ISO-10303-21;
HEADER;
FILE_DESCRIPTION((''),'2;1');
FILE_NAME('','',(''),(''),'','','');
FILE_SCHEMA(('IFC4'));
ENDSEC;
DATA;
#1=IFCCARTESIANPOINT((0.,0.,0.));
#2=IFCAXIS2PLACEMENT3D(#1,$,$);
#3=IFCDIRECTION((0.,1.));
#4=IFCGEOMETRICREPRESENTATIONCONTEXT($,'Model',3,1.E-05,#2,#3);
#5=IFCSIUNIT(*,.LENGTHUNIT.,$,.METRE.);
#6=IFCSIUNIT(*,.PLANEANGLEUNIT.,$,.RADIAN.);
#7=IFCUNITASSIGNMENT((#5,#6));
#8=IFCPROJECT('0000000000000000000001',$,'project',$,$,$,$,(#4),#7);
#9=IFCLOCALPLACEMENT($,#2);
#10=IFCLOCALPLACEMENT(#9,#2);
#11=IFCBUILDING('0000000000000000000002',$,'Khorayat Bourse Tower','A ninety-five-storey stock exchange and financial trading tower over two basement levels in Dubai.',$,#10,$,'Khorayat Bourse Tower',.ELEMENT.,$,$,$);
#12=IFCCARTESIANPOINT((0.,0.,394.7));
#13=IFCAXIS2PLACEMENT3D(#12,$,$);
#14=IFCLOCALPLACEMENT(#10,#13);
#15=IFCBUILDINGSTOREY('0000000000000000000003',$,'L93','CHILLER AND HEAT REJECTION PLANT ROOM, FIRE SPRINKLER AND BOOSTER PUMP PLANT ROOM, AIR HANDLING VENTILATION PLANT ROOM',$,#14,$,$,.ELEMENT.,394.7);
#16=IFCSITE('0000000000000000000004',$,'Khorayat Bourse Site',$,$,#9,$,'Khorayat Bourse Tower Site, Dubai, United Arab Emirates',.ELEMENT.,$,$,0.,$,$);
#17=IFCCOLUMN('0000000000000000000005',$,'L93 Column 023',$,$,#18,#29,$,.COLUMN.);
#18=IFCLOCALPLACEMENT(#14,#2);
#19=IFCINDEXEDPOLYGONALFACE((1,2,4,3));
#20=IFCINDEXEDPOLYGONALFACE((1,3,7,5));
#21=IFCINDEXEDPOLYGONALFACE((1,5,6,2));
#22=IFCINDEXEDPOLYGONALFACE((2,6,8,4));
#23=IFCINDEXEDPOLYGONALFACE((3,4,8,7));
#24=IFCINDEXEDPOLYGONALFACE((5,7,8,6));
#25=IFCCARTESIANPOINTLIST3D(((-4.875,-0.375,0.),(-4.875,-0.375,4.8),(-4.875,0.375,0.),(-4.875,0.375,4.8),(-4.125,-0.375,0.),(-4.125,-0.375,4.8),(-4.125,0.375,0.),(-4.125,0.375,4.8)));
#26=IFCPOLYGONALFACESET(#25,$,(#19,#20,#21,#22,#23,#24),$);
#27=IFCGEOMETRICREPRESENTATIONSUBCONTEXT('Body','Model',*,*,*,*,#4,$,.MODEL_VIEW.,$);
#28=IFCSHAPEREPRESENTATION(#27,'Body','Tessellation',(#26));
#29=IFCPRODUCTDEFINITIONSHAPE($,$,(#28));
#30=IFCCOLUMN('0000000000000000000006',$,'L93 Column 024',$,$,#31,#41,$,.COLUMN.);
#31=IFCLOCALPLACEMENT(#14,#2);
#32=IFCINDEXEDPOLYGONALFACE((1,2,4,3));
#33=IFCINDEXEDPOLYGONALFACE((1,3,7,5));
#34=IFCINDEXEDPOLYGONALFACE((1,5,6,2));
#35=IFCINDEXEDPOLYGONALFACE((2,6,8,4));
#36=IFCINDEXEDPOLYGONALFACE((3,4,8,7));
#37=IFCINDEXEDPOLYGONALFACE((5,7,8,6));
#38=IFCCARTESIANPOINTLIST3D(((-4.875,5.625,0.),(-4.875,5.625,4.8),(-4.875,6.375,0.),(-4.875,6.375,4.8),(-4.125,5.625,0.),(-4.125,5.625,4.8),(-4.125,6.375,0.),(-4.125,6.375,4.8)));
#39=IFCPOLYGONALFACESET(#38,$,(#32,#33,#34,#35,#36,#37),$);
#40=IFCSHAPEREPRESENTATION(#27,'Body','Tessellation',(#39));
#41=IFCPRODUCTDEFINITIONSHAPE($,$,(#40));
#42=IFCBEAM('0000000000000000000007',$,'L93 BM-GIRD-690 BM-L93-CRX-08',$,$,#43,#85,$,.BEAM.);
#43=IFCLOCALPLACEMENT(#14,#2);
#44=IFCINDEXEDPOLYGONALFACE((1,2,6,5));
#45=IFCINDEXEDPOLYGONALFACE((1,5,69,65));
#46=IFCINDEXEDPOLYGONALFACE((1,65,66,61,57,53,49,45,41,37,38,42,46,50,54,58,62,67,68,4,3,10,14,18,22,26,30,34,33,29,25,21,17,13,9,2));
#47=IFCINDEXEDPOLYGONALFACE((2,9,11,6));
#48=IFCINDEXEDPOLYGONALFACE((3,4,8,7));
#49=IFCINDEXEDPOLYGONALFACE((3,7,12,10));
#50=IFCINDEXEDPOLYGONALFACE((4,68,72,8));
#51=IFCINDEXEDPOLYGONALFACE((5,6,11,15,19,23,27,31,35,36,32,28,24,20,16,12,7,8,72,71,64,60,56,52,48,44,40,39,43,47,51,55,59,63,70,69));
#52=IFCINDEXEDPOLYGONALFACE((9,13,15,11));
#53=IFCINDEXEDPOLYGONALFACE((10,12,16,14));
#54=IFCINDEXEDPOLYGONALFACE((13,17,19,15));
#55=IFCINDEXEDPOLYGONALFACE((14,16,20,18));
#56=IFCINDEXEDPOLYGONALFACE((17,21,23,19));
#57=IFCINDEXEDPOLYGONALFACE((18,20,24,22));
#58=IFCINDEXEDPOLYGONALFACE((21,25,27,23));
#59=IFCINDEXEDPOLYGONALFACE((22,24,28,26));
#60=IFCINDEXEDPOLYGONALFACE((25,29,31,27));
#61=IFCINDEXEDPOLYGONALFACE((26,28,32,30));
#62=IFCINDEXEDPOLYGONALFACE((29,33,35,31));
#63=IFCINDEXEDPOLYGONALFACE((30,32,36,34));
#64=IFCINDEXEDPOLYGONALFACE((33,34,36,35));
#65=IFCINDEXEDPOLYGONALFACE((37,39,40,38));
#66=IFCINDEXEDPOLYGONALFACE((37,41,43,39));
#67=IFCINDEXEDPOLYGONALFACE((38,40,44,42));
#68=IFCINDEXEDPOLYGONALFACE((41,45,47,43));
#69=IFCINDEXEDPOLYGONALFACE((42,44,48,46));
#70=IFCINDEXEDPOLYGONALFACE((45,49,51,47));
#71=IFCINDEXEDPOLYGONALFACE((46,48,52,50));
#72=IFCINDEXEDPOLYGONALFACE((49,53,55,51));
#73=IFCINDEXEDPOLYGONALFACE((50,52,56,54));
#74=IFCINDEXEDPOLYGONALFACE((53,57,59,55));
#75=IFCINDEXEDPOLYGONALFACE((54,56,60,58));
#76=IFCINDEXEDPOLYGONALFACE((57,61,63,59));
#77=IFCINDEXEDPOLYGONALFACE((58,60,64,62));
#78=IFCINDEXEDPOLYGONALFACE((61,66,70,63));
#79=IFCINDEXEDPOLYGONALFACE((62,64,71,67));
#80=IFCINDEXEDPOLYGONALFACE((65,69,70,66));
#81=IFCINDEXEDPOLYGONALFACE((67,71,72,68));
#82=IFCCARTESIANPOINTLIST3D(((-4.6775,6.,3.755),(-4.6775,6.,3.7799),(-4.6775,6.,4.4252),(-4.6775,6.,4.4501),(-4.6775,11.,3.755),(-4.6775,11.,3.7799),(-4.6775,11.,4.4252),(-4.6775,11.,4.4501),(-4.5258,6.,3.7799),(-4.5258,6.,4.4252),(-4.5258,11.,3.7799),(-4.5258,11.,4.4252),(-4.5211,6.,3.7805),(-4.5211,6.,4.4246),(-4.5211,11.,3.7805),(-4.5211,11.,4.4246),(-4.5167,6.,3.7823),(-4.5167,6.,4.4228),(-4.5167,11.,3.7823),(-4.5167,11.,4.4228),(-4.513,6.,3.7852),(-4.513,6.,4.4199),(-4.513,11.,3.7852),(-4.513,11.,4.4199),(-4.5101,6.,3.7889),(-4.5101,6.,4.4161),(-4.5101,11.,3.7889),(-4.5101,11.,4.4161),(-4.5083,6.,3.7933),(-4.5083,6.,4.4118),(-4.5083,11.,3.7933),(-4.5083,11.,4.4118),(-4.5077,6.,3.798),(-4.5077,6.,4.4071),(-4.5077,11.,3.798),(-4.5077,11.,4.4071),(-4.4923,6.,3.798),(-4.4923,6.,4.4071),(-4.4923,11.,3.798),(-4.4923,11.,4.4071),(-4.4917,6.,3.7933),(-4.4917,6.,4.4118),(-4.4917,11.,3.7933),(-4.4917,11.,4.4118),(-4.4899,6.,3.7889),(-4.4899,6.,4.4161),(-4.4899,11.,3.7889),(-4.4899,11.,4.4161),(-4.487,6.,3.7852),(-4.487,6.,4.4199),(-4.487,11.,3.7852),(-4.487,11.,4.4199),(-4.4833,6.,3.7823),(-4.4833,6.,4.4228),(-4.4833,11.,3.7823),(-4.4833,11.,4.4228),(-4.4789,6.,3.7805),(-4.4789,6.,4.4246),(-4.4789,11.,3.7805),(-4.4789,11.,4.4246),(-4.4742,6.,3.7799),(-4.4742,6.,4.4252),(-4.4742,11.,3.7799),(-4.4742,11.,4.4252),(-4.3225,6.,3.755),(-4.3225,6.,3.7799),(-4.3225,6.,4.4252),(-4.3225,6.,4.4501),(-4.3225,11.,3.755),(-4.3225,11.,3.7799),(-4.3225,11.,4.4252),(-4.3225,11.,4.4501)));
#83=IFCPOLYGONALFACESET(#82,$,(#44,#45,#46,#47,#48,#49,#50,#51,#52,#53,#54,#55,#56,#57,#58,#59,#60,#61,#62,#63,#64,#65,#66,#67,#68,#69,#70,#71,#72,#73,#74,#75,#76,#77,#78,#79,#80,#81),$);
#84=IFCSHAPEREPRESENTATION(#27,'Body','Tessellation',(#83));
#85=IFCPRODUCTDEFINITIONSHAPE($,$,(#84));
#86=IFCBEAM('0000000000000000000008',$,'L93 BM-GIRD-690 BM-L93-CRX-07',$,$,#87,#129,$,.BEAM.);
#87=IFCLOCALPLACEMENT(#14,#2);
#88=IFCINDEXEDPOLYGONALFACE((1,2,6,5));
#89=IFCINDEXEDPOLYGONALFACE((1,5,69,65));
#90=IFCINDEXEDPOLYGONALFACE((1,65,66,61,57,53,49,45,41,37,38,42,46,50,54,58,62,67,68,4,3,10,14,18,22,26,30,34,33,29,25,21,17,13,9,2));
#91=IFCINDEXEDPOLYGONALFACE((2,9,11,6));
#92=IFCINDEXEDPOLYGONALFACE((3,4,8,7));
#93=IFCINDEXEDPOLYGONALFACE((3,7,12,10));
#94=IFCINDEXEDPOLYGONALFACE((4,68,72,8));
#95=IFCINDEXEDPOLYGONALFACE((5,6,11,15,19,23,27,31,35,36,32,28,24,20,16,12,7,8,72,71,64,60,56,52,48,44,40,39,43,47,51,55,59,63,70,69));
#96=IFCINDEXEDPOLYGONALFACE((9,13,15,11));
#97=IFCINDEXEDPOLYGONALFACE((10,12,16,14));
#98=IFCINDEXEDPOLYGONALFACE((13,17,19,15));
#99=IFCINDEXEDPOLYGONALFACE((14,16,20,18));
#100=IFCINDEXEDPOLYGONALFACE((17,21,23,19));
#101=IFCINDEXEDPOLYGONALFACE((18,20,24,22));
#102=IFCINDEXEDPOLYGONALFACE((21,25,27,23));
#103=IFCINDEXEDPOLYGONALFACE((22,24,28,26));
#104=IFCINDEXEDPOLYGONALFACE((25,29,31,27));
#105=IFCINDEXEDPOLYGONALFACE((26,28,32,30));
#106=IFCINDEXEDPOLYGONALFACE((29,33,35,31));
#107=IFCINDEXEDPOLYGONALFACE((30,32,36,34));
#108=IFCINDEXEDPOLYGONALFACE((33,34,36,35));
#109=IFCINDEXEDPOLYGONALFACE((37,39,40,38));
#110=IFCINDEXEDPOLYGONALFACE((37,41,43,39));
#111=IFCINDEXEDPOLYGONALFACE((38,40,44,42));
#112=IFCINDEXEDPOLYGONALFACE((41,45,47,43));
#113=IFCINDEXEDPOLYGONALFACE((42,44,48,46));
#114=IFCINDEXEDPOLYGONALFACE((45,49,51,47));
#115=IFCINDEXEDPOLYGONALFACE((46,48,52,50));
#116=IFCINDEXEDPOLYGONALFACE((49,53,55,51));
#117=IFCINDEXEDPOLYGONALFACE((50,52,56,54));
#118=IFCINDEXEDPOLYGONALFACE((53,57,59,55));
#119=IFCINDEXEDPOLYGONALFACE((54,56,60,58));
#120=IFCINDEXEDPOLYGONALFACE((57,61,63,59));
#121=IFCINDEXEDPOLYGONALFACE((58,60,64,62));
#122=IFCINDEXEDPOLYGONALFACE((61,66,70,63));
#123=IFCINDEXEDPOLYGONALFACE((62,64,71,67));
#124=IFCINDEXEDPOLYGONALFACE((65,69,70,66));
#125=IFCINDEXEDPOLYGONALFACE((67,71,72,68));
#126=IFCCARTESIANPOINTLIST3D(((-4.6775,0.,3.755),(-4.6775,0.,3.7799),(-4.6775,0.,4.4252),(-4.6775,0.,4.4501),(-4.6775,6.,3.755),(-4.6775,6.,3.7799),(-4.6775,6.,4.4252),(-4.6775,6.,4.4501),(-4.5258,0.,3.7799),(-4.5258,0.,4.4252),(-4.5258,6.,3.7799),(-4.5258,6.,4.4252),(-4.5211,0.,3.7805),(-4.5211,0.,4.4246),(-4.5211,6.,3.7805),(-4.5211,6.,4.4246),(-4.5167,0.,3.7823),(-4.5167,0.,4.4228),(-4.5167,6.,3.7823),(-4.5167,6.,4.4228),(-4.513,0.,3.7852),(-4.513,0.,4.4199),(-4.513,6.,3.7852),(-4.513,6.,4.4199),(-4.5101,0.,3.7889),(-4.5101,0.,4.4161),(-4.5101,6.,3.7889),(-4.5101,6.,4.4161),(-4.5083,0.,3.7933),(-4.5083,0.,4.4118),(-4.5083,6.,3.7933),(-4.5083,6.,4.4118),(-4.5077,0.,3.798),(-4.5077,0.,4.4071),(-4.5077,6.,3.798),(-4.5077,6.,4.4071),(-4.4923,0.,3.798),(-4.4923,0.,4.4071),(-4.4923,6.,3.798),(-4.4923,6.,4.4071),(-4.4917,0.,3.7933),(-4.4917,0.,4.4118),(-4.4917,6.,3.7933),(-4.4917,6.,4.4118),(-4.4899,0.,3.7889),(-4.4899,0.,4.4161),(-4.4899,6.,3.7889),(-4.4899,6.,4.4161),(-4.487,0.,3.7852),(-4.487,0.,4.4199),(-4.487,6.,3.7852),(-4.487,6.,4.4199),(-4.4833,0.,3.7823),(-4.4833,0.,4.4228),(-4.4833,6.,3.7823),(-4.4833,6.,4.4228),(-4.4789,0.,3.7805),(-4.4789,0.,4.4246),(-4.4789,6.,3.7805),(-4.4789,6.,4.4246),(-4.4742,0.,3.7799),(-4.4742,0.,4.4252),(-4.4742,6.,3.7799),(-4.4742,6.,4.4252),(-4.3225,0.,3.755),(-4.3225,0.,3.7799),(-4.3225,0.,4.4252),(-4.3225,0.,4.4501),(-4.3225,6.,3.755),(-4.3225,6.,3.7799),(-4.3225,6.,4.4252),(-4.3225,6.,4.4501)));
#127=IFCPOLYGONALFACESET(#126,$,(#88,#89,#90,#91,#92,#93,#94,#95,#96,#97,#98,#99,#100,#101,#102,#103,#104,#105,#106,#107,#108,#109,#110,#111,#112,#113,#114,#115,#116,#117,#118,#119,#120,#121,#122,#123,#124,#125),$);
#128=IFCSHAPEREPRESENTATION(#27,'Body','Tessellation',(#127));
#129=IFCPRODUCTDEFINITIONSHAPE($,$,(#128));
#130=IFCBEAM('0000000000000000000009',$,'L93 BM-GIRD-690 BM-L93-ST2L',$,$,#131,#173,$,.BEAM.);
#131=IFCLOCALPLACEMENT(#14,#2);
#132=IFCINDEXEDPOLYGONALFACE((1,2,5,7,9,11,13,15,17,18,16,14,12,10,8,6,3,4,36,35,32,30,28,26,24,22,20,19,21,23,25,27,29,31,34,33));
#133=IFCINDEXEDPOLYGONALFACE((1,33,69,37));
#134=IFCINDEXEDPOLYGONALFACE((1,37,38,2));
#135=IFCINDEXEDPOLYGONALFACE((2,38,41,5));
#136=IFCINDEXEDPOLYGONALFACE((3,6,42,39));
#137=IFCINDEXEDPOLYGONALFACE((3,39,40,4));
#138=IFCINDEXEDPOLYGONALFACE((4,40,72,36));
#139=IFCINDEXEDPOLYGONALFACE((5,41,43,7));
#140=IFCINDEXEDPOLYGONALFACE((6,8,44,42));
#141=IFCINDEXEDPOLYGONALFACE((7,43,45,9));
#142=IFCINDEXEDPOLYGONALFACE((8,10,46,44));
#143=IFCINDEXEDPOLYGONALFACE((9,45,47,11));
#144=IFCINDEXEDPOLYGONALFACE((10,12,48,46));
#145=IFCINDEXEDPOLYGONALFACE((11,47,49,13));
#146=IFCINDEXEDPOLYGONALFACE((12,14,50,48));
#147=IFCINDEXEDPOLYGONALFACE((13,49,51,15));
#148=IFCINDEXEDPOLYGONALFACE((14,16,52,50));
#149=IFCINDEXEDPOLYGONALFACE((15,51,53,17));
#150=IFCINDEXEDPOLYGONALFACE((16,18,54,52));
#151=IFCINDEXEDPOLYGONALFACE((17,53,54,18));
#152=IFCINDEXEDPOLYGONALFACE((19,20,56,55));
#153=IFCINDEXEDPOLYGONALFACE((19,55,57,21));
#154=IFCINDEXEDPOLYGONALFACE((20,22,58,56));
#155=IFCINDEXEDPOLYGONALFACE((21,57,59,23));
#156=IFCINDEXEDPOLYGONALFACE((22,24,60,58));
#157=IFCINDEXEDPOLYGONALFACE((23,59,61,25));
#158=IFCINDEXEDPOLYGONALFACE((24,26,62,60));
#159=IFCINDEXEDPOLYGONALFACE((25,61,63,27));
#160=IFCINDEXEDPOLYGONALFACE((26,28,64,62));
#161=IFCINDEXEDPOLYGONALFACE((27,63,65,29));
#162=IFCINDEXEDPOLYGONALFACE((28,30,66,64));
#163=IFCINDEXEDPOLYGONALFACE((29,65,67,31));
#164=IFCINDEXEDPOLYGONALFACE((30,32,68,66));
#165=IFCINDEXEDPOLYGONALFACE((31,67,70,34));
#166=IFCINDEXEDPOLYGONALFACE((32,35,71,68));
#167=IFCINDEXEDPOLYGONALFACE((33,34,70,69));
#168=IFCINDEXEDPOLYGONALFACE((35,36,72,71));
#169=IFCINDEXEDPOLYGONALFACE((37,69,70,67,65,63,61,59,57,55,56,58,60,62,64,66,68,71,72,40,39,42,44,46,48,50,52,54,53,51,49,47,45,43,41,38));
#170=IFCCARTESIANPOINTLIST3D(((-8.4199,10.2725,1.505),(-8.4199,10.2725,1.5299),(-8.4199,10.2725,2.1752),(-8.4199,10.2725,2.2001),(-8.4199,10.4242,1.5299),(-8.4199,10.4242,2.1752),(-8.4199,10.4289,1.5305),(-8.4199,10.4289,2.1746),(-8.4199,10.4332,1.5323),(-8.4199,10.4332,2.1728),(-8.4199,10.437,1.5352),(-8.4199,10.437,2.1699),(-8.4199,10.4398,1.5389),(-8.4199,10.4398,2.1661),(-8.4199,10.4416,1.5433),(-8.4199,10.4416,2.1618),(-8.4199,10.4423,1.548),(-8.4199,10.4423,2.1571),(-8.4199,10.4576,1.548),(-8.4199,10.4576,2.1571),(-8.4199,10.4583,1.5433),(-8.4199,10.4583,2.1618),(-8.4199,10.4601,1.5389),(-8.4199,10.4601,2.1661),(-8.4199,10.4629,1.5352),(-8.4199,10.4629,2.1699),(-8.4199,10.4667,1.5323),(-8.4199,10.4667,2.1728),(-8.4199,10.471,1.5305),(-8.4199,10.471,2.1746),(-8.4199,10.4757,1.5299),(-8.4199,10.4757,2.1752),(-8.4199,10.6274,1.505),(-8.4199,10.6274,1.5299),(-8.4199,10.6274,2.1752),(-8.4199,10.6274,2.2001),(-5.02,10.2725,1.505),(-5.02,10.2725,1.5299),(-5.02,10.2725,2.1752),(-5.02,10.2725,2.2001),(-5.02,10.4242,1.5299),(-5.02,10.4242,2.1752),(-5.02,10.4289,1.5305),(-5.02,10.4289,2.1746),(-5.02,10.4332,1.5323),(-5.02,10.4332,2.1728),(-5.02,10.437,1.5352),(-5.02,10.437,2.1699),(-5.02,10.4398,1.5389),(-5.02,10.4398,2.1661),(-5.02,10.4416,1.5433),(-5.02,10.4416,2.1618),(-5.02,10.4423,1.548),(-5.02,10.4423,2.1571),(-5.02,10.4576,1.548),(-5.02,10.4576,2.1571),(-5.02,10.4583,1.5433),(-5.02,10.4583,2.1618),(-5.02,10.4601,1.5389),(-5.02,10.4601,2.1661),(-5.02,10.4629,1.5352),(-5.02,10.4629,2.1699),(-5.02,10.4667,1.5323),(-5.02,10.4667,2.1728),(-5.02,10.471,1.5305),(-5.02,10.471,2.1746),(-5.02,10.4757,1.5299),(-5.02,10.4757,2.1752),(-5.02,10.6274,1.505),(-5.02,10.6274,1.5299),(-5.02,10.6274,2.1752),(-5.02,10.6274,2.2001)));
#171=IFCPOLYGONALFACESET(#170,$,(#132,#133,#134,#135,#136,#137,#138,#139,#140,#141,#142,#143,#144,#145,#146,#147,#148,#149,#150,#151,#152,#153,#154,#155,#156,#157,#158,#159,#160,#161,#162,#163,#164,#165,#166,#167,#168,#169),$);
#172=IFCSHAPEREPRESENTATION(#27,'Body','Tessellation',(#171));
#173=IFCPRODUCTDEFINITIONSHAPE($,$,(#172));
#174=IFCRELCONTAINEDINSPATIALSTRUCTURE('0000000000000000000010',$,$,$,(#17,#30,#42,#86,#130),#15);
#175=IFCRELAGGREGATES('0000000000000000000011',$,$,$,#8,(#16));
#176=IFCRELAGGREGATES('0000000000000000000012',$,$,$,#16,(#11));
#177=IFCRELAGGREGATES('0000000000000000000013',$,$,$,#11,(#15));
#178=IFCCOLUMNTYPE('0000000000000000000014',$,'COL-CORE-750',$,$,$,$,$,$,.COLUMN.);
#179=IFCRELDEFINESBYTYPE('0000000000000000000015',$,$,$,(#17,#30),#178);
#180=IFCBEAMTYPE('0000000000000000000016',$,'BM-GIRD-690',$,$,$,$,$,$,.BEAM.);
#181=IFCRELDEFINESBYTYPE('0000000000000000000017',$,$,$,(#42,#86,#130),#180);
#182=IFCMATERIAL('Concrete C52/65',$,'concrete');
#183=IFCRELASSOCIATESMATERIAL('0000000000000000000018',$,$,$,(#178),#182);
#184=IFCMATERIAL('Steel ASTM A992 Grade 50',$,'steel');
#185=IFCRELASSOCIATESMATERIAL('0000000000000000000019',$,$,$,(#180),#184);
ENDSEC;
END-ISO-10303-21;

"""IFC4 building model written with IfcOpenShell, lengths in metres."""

from ifc_helpers import new_model, si_unit, direction, frame, origin, origin_2d, place, context, subcontext, project, spatial, rectangle, i_section, extrude, source, transform, mapped, material, material_profile, profile_set, type_object, element, save


model = new_model("IFC4")

# Units and contexts
model_context = context("Model", 3, precision=1e-05, world=origin(), true_north=direction((0.0, 1.0)))
body_context = subcontext(model_context, "Body", "Model", "MODEL_VIEW")
ifc_project = project(units=[si_unit("LENGTHUNIT", "METRE"), si_unit("PLANEANGLEUNIT", "RADIAN")], contexts=[model_context])

# Site, building, storey
site_placement = place(None, origin())
site = spatial("IfcSite", under=ifc_project, at=site_placement, Name="Khorayat Bourse Site", LongName="Khorayat Bourse Tower Site, Dubai, United Arab Emirates", CompositionType="ELEMENT", RefElevation=0.0)
building_placement = place(site_placement, origin())
building = spatial("IfcBuilding", under=site, at=building_placement, Name="Khorayat Bourse Tower", Description="A ninety-five-storey stock exchange and financial trading tower over two basement levels in Dubai.", LongName="Khorayat Bourse Tower", CompositionType="ELEMENT")
storey_placement = place(building_placement, frame((0.0, 0.0, 394.7)))
storey = spatial("IfcBuildingStorey", under=building, at=storey_placement, Name="L93", Description="CHILLER AND HEAT REJECTION PLANT ROOM, FIRE SPRINKLER AND BOOSTER PUMP PLANT ROOM, AIR HANDLING VENTILATION PLANT ROOM", CompositionType="ELEMENT", Elevation=394.7)

# Columns
ifc_material_1 = material(Name="Concrete C52/65", Category="concrete")
ifc_material_profile_1 = material_profile(ifc_material_1, rectangle(XDim=0.75, YDim=0.75, at=origin_2d()), Name="RC 750x750")
ifc_profile_set_1 = profile_set([ifc_material_profile_1], Name="Concrete C52/65")
column_type = type_object("IfcColumnType", Name="COL-CORE-750", PredefinedType="COLUMN", material=ifc_profile_set_1)
shared_shape_1 = source(origin(), body_context, "Body", "SweptSolid", [
    extrude(rectangle(XDim=0.75, YDim=0.75, at=origin_2d()), origin(), (0.0, 0.0, 1.0), 4.8),
])
for number, where, z_axis, x_axis, name in (
    (1, (-4.5, 0.0, 0.0), (0.0, 0.0, 1.0), (1.0, 0.0, 0.0), "L93 Column 023"),
    (2, (-4.5, 6.0, 0.0), (0.0, 0.0, 1.0), (1.0, 0.0, 0.0), "L93 Column 024"),
):
    element("IfcColumn", number, at=place(storey_placement, frame(where, z_axis=z_axis, x_axis=x_axis)), inside=storey, type_object=column_type, Name=name, PredefinedType="COLUMN", context=body_context, shape_type="MappedRepresentation", body=[
        mapped(shared_shape_1, transform((0.0, 0.0, 0.0), scale=1.0)),
    ])

# Beams
ifc_material_2 = material(Name="Steel ASTM A992 Grade 50", Category="steel")
ifc_material_profile_2 = material_profile(ifc_material_2, i_section(OverallWidth=0.355, OverallDepth=0.6951, WebThickness=0.0154, FlangeThickness=0.0249, FilletRadius=0.0181, at=origin_2d()), Name="W690X217")
ifc_profile_set_2 = profile_set([ifc_material_profile_2], Name="Steel ASTM A992 Grade 50")
beam_type = type_object("IfcBeamType", Name="BM-GIRD-690", PredefinedType="BEAM", material=ifc_profile_set_2)
shared_shape_2 = source(origin(), body_context, "Body", "SweptSolid", [
    extrude(i_section(OverallWidth=0.355, OverallDepth=0.6951, WebThickness=0.0154, FlangeThickness=0.0249, FilletRadius=0.0181, at=origin_2d()), origin(), (0.0, 0.0, 1.0), 5.0),
])
beam_1_placement = place(storey_placement, frame((-4.5, 6.0, 4.1025), z_axis=(0.0, 1.0, 0.0), x_axis=(-1.0, 0.0, 0.0)))
element("IfcBeam", 3, at=beam_1_placement, inside=storey, type_object=beam_type, Name="L93 BM-GIRD-690 BM-L93-CRX-08", PredefinedType="BEAM", context=body_context, shape_type="MappedRepresentation", body=[
    mapped(shared_shape_2, transform((0.0, 0.0, 0.0), scale=1.0)),
])
shared_shape_3 = source(origin(), body_context, "Body", "SweptSolid", [
    extrude(i_section(OverallWidth=0.355, OverallDepth=0.6951, WebThickness=0.0154, FlangeThickness=0.0249, FilletRadius=0.0181, at=origin_2d()), origin(), (0.0, 0.0, 1.0), 6.0),
])
beam_2_placement = place(storey_placement, frame((-4.5, 0.0, 4.1025), z_axis=(0.0, 1.0, 0.0), x_axis=(-1.0, 0.0, 0.0)))
element("IfcBeam", 4, at=beam_2_placement, inside=storey, type_object=beam_type, Name="L93 BM-GIRD-690 BM-L93-CRX-07", PredefinedType="BEAM", context=body_context, shape_type="MappedRepresentation", body=[
    mapped(shared_shape_3, transform((0.0, 0.0, 0.0), scale=1.0)),
])
shared_shape_4 = source(origin(), body_context, "Body", "SweptSolid", [
    extrude(i_section(OverallWidth=0.355, OverallDepth=0.6951, WebThickness=0.0154, FlangeThickness=0.0249, FilletRadius=0.0181, at=origin_2d()), origin(), (0.0, 0.0, 1.0), 3.3999),
])
beam_3_placement = place(storey_placement, frame((-8.4199, 10.45, 1.8525), z_axis=(1.0, 0.0, 0.0), x_axis=(0.0, 1.0, 0.0)))
element("IfcBeam", 5, at=beam_3_placement, inside=storey, type_object=beam_type, Name="L93 BM-GIRD-690 BM-L93-ST2L", PredefinedType="BEAM", context=body_context, shape_type="MappedRepresentation", body=[
    mapped(shared_shape_4, transform((0.0, 0.0, 0.0), scale=1.0)),
])

save(model, "model.ifc")
